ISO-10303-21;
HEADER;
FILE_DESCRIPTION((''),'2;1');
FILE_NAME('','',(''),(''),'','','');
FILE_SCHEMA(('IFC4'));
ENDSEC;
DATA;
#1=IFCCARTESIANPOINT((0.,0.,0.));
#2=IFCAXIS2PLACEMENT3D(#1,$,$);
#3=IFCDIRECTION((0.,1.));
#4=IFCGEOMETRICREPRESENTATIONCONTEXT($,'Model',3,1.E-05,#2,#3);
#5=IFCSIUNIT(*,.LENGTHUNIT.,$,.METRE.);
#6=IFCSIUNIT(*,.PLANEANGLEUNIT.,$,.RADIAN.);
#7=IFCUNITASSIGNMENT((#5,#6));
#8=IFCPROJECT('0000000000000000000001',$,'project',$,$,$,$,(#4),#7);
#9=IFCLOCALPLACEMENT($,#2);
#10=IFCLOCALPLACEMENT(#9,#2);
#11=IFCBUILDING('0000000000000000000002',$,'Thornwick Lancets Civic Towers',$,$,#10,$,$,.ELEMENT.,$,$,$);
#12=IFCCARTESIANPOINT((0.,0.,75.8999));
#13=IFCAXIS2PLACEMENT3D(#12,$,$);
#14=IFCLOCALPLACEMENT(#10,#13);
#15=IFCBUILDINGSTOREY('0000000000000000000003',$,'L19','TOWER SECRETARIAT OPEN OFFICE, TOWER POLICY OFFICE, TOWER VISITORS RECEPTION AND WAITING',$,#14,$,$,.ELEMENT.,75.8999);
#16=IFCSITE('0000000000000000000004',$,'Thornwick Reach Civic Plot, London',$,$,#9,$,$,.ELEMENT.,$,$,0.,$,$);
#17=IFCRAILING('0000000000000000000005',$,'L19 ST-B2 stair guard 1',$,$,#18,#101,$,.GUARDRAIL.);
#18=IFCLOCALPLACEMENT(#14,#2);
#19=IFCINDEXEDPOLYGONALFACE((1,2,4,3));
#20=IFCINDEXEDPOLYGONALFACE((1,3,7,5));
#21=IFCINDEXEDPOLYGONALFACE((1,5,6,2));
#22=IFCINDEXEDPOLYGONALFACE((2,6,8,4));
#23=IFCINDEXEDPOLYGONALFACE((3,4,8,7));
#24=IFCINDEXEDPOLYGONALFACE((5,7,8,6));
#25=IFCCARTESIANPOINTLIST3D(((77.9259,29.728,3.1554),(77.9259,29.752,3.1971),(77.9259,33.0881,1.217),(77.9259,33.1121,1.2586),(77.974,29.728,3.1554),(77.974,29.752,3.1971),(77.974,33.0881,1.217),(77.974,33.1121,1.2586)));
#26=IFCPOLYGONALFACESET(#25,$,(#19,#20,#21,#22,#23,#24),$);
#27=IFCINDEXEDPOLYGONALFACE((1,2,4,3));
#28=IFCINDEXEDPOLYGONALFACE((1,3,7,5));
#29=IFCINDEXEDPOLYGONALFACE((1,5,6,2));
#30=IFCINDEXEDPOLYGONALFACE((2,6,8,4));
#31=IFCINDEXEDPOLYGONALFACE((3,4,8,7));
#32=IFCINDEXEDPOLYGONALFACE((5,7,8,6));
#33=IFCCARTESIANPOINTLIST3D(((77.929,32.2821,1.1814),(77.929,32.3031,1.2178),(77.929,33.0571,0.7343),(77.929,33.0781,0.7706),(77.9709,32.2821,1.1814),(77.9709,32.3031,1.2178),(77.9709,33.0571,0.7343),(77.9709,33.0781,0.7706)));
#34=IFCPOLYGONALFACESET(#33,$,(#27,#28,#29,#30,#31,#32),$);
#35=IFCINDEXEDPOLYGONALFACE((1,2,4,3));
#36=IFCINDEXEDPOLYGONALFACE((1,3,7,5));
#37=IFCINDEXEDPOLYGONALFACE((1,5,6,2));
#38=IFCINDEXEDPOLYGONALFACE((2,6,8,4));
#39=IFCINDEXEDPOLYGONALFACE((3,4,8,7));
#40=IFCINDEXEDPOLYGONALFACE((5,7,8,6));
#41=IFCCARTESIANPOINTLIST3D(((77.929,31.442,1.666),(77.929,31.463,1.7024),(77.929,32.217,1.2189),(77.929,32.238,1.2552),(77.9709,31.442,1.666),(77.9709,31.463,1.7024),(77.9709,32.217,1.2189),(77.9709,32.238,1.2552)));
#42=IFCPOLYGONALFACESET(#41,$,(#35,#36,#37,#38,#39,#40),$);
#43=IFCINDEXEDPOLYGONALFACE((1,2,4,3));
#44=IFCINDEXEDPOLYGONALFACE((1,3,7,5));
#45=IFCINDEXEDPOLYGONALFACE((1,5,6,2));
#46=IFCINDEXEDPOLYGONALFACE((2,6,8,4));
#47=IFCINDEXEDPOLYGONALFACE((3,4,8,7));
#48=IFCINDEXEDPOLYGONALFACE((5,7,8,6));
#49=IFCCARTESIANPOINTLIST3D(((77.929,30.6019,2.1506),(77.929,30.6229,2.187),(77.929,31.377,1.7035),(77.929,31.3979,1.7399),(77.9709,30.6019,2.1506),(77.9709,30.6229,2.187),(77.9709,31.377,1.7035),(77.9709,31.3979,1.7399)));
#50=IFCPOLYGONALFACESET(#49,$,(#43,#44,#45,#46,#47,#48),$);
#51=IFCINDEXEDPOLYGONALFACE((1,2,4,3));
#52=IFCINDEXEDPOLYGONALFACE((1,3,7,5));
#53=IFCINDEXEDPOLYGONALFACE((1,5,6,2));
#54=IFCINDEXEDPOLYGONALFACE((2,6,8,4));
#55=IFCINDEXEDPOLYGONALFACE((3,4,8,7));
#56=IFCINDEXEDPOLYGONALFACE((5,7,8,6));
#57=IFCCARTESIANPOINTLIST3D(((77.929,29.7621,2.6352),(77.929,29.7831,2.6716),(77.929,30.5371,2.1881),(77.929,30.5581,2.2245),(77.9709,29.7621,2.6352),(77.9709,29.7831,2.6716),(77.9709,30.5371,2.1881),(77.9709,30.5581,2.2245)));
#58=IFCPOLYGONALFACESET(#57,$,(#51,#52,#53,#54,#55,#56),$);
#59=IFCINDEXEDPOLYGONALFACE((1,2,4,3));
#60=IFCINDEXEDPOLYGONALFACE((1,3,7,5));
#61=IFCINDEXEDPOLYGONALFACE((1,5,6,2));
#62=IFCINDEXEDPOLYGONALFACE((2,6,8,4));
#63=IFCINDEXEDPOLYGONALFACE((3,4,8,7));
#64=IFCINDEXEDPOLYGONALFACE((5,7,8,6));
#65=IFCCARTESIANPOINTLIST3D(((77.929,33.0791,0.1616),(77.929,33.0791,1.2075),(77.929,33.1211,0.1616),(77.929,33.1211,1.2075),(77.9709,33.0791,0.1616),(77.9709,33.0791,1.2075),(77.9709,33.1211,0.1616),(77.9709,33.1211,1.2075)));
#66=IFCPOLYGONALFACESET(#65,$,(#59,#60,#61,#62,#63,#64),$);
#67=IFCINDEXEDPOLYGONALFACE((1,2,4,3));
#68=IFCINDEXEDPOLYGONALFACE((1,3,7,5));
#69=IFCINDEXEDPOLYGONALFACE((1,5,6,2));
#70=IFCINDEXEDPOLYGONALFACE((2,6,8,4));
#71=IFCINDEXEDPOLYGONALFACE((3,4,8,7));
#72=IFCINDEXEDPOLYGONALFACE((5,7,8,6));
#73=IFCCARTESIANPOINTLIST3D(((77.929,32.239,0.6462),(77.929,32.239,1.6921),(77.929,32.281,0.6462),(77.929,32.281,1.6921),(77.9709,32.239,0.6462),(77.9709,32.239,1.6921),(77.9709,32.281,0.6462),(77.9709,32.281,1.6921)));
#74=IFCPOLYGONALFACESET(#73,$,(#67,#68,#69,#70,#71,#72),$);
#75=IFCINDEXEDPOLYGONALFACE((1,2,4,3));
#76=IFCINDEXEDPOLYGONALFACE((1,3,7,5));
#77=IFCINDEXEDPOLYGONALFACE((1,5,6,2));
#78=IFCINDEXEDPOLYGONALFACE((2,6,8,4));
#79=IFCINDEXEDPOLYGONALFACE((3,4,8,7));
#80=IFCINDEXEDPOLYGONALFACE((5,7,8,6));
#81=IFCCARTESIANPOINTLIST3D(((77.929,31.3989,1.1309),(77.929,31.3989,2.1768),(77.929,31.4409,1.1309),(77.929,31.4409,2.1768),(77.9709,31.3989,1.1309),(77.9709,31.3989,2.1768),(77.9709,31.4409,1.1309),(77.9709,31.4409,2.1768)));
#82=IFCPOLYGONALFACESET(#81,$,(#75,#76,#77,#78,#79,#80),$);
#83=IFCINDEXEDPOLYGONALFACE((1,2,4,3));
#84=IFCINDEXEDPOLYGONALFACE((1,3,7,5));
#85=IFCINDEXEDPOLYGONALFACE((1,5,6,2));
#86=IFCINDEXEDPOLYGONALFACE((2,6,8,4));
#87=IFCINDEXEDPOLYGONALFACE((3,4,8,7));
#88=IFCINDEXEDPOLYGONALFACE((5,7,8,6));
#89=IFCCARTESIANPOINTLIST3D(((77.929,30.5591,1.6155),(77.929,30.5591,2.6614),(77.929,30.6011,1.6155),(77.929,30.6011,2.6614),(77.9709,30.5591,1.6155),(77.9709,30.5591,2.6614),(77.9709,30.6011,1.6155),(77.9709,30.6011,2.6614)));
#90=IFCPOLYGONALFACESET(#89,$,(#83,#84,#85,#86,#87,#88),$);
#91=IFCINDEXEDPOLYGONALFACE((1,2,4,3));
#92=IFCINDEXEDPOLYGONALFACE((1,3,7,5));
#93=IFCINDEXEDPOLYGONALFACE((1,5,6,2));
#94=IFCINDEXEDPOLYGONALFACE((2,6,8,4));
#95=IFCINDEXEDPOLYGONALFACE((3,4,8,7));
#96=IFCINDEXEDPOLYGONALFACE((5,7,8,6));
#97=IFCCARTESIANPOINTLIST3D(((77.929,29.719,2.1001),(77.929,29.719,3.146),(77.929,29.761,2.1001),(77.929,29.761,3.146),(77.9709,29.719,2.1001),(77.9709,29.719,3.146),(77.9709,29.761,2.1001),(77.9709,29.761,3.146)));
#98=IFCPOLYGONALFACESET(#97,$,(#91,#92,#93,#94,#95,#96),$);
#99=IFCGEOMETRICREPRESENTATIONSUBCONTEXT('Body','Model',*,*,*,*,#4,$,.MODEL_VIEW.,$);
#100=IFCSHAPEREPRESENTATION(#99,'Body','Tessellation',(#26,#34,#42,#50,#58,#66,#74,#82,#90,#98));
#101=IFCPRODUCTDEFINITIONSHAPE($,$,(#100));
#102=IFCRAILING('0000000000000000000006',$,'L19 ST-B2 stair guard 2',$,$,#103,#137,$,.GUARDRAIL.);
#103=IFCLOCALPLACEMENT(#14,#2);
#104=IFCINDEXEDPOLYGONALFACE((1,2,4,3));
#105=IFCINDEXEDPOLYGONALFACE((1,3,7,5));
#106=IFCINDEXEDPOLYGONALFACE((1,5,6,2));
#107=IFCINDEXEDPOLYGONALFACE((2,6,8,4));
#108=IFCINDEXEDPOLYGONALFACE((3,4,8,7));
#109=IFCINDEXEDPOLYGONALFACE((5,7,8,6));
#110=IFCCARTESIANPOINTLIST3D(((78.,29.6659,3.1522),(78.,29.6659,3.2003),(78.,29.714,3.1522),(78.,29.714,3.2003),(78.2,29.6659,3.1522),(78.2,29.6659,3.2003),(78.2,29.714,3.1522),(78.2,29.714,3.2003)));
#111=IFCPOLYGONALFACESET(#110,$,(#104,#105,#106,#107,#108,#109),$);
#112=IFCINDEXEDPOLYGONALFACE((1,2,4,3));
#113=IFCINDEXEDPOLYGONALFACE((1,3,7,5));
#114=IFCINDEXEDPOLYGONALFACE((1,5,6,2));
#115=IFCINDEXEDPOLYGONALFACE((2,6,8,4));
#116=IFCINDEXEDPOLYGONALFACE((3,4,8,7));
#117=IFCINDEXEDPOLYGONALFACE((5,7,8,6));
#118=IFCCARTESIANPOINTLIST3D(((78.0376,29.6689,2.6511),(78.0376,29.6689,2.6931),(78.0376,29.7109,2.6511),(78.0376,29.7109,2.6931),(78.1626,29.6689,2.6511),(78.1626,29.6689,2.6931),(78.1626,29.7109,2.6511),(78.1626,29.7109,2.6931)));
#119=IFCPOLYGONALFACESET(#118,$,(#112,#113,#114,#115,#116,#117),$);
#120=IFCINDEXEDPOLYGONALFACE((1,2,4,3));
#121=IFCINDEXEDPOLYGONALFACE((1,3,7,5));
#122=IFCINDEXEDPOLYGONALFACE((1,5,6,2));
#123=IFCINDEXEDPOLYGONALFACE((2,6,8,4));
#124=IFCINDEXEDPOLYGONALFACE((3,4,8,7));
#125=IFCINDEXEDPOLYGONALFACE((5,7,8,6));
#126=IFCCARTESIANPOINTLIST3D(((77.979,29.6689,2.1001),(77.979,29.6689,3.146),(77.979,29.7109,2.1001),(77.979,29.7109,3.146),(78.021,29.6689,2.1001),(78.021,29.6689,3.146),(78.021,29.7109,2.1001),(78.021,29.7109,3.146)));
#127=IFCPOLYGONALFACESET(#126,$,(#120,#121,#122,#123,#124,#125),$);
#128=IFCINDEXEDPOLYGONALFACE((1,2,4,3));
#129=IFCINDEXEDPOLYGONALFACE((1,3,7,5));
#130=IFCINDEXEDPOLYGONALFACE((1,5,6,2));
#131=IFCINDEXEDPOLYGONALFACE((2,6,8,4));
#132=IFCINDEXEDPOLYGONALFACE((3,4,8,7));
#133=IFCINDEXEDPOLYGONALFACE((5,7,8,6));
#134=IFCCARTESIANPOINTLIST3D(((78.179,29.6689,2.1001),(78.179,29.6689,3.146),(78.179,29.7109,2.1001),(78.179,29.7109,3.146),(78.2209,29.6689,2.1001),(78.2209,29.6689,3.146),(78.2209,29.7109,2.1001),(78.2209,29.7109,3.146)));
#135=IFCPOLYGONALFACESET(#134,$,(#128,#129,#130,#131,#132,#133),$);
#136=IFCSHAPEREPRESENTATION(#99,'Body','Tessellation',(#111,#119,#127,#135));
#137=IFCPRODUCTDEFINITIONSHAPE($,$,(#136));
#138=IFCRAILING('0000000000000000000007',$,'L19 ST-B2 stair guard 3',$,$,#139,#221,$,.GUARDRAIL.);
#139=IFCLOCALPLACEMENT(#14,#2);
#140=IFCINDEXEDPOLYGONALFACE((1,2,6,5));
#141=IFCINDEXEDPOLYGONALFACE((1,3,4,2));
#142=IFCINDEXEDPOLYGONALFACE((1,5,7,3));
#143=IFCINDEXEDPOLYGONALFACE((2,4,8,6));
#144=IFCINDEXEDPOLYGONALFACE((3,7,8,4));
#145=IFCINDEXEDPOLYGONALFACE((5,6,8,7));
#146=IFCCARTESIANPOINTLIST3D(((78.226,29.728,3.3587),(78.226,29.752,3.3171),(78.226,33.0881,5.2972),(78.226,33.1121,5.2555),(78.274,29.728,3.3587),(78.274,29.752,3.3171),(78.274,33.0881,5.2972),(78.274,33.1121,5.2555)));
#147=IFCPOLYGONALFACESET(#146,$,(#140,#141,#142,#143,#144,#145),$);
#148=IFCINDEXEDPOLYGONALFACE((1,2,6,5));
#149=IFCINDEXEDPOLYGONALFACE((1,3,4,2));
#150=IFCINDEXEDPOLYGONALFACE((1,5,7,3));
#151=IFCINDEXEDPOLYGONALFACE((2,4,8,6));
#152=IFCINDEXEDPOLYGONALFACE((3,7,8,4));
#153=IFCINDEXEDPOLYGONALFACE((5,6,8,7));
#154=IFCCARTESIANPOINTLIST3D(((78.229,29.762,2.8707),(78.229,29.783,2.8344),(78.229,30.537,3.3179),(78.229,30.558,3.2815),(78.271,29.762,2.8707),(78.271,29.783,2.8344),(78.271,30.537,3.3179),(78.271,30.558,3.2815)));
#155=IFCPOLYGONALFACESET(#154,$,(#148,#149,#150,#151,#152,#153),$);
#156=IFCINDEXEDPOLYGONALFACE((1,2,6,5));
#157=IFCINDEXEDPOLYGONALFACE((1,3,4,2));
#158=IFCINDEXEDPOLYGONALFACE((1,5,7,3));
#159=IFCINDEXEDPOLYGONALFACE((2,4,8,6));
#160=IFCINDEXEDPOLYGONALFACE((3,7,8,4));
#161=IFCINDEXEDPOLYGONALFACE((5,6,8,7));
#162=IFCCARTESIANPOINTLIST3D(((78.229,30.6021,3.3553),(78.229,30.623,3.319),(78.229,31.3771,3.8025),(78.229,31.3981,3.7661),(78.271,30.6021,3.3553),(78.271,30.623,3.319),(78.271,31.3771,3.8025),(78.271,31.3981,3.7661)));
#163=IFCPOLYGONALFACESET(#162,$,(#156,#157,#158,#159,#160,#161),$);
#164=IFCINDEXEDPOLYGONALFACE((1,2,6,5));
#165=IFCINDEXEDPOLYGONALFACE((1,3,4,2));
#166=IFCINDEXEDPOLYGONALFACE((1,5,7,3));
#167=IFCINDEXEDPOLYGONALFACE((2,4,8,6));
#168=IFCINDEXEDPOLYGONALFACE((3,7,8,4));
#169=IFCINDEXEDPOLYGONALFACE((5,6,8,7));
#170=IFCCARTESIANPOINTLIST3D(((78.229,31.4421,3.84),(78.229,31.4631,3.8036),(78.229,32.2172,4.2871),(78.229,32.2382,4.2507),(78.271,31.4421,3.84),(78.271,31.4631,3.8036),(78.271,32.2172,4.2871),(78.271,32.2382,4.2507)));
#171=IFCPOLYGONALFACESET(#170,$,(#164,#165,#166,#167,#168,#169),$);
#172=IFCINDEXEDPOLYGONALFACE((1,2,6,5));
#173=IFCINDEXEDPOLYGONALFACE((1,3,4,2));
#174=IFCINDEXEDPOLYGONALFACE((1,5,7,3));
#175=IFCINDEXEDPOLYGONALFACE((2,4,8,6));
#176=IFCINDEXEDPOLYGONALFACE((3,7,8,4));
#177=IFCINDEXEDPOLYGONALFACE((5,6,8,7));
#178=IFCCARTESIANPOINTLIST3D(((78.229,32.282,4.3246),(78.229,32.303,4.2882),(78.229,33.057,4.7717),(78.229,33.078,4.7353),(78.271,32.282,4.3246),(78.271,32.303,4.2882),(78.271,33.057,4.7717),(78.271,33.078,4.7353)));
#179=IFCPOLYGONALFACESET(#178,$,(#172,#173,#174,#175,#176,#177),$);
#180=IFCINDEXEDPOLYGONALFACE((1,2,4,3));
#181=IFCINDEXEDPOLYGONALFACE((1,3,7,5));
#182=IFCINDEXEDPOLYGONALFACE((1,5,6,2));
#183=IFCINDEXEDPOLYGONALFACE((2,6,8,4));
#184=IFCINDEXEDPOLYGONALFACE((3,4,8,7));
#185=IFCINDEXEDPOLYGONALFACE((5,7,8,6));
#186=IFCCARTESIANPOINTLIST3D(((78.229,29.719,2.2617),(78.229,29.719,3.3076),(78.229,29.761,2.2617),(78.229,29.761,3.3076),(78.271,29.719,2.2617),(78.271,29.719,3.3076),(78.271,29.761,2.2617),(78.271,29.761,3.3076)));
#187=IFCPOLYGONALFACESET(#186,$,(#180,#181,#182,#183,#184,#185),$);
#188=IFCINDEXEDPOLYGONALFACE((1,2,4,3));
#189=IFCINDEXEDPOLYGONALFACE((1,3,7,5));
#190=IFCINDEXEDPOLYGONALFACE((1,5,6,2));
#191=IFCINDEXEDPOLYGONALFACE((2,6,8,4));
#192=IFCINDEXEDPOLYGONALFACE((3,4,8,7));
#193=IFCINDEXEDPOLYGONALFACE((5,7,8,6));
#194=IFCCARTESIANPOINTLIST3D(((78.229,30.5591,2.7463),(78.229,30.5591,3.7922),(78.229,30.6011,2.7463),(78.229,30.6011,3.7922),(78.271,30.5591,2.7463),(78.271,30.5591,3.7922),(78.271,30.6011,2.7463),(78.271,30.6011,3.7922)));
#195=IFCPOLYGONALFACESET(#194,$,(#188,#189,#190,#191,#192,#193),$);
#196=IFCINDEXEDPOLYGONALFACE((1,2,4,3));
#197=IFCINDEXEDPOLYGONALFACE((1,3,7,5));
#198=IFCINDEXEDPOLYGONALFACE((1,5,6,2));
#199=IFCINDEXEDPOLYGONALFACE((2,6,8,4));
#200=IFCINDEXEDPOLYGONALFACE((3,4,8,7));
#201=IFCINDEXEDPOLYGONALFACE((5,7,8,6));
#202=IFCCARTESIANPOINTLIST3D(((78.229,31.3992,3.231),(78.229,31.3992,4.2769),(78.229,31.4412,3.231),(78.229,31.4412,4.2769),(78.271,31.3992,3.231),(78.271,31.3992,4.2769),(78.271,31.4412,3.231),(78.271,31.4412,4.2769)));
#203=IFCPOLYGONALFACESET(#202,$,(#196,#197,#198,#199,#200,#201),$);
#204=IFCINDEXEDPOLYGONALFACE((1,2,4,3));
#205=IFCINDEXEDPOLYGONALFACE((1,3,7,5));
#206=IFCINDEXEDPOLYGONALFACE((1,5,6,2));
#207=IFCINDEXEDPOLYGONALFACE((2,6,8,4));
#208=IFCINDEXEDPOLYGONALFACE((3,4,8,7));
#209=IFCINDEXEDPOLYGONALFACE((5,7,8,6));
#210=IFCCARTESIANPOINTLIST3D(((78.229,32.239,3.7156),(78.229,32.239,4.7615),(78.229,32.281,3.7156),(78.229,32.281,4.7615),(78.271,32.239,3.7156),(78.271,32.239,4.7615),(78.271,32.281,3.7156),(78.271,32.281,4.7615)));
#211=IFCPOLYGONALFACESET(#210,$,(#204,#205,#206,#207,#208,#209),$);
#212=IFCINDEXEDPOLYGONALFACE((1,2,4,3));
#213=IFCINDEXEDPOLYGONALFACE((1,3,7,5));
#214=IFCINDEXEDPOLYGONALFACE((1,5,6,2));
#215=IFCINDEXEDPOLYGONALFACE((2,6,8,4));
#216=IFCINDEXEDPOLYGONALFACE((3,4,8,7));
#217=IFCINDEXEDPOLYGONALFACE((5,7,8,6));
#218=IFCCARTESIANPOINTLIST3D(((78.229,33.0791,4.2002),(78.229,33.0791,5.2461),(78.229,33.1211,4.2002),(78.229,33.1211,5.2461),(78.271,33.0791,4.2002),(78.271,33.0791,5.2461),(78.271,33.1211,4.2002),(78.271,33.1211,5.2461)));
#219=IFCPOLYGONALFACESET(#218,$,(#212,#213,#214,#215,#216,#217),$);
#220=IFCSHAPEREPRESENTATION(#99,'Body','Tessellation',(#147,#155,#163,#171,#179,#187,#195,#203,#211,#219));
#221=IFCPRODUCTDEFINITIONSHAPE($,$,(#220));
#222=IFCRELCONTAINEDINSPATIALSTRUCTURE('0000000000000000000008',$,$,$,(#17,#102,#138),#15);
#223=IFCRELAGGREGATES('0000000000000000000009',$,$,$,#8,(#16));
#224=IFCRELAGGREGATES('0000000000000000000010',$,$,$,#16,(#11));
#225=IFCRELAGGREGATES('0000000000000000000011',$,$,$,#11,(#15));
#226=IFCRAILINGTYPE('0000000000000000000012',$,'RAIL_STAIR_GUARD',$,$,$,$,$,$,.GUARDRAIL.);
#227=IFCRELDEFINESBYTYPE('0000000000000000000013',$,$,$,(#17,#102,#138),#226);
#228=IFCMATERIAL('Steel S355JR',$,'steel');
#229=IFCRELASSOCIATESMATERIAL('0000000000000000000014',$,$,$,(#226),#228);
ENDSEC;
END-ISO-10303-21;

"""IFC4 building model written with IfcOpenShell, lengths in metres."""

from ifc_helpers import new_model, si_unit, direction, frame, origin, origin_2d, place, context, subcontext, project, spatial, rectangle, extrude, material, type_object, element, save


model = new_model("IFC4")

# Units and contexts
model_context = context("Model", 3, precision=1e-05, world=origin(), true_north=direction((0.0, 1.0)))
body_context = subcontext(model_context, "Body", "Model", "MODEL_VIEW")
ifc_project = project(units=[si_unit("LENGTHUNIT", "METRE"), si_unit("PLANEANGLEUNIT", "RADIAN")], contexts=[model_context])

# Site, building, storey
site_placement = place(None, origin())
site = spatial("IfcSite", under=ifc_project, at=site_placement, Name="Thornwick Reach Civic Plot, London", CompositionType="ELEMENT", RefElevation=0.0)
building_placement = place(site_placement, origin())
building = spatial("IfcBuilding", under=site, at=building_placement, Name="Thornwick Lancets Civic Towers", CompositionType="ELEMENT")
storey_placement = place(building_placement, frame((0.0, 0.0, 75.8999)))
storey = spatial("IfcBuildingStorey", under=building, at=storey_placement, Name="L19", Description="TOWER SECRETARIAT OPEN OFFICE, TOWER POLICY OFFICE, TOWER VISITORS RECEPTION AND WAITING", CompositionType="ELEMENT", Elevation=75.8999)

# Railings
ifc_material_1 = material(Name="Steel S355JR", Category="steel")
railing_type_1 = type_object("IfcRailingType", Name="RAIL_STAIR_GUARD", PredefinedType="GUARDRAIL", material=ifc_material_1)
railing_1_placement = place(storey_placement, frame((77.95, 33.1001, 0.1616)))
element("IfcRailing", 1, at=railing_1_placement, inside=storey, type_object=railing_type_1, Name="L19 ST-B2 stair guard 1", PredefinedType="GUARDRAIL", context=body_context, shape_type="SweptSolid", body=[
    extrude(rectangle(XDim=0.0481, YDim=0.0481, at=origin_2d()), frame((0.0, 0.0, 1.0762), z_axis=(0.0, -0.866191, 0.499713), x_axis=(1.0, 0.0, 0.0)), (0.0, 0.0, 1.0), 3.8792),
    extrude(rectangle(XDim=0.042, YDim=0.042, at=origin_2d()), frame((0.0, -0.0325, 0.5908), z_axis=(0.0, -0.866191, 0.499713), x_axis=(1.0, 0.0, 0.0)), (0.0, 0.0, 1.0), 0.8948),
    extrude(rectangle(XDim=0.042, YDim=0.042, at=origin_2d()), frame((0.0, -0.8726, 1.0754), z_axis=(0.0, -0.866191, 0.499713), x_axis=(1.0, 0.0, 0.0)), (0.0, 0.0, 1.0), 0.8948),
    extrude(rectangle(XDim=0.042, YDim=0.042, at=origin_2d()), frame((0.0, -1.7126, 1.5601), z_axis=(0.0, -0.866191, 0.499713), x_axis=(1.0, 0.0, 0.0)), (0.0, 0.0, 1.0), 0.8948),
    extrude(rectangle(XDim=0.042, YDim=0.042, at=origin_2d()), frame((0.0, -2.5525, 2.0447), z_axis=(0.0, -0.866191, 0.499713), x_axis=(1.0, 0.0, 0.0)), (0.0, 0.0, 1.0), 0.8948),
    extrude(rectangle(XDim=0.042, YDim=0.042, at=origin_2d()), origin(), (0.0, 0.0, 1.0), 1.0459),
    extrude(rectangle(XDim=0.042, YDim=0.042, at=origin_2d()), frame((0.0, -0.8401, 0.4846)), (0.0, 0.0, 1.0), 1.0459),
    extrude(rectangle(XDim=0.042, YDim=0.042, at=origin_2d()), frame((0.0, -1.6802, 0.9692)), (0.0, 0.0, 1.0), 1.0459),
    extrude(rectangle(XDim=0.042, YDim=0.042, at=origin_2d()), frame((0.0, -2.52, 1.4539)), (0.0, 0.0, 1.0), 1.0459),
    extrude(rectangle(XDim=0.042, YDim=0.042, at=origin_2d()), frame((0.0, -3.3601, 1.9385)), (0.0, 0.0, 1.0), 1.0459),
])
railing_2_placement = place(storey_placement, frame((78.0, 29.6899, 2.1001)))
element("IfcRailing", 2, at=railing_2_placement, inside=storey, type_object=railing_type_1, Name="L19 ST-B2 stair guard 2", PredefinedType="GUARDRAIL", context=body_context, shape_type="SweptSolid", body=[
    extrude(rectangle(XDim=0.0481, YDim=0.0481, at=origin_2d()), frame((0.0, 0.0, 1.0762), z_axis=(1.0, 0.0, 0.0), x_axis=(0.0, 1.0, 0.0)), (0.0, 0.0, 1.0), 0.2),
    extrude(rectangle(XDim=0.042, YDim=0.042, at=origin_2d()), frame((0.0376, 0.0, 0.572), z_axis=(1.0, 0.0, 0.0), x_axis=(0.0, 1.0, 0.0)), (0.0, 0.0, 1.0), 0.125),
    extrude(rectangle(XDim=0.042, YDim=0.042, at=origin_2d()), origin(), (0.0, 0.0, 1.0), 1.0459),
    extrude(rectangle(XDim=0.042, YDim=0.042, at=origin_2d()), frame((0.2, 0.0, 0.0)), (0.0, 0.0, 1.0), 1.0459),
])
railing_3_placement = place(storey_placement, frame((78.25, 29.74, 2.2617)))
element("IfcRailing", 3, at=railing_3_placement, inside=storey, type_object=railing_type_1, Name="L19 ST-B2 stair guard 3", PredefinedType="GUARDRAIL", context=body_context, shape_type="SweptSolid", body=[
    extrude(rectangle(XDim=0.0481, YDim=0.0481, at=origin_2d()), frame((0.0, 0.0, 1.0762), z_axis=(0.0, 0.866191, 0.499713), x_axis=(-1.0, 0.0, 0.0)), (0.0, 0.0, 1.0), 3.8792),
    extrude(rectangle(XDim=0.042, YDim=0.042, at=origin_2d()), frame((0.0, 0.0325, 0.5908), z_axis=(0.0, 0.866191, 0.499713), x_axis=(-1.0, 0.0, 0.0)), (0.0, 0.0, 1.0), 0.8948),
    extrude(rectangle(XDim=0.042, YDim=0.042, at=origin_2d()), frame((0.0, 0.8726, 1.0754), z_axis=(0.0, 0.866191, 0.499713), x_axis=(-1.0, 0.0, 0.0)), (0.0, 0.0, 1.0), 0.8948),
    extrude(rectangle(XDim=0.042, YDim=0.042, at=origin_2d()), frame((0.0, 1.7126, 1.5601), z_axis=(0.0, 0.866191, 0.499713), x_axis=(-1.0, 0.0, 0.0)), (0.0, 0.0, 1.0), 0.8948),
    extrude(rectangle(XDim=0.042, YDim=0.042, at=origin_2d()), frame((0.0, 2.5525, 2.0447), z_axis=(0.0, 0.866191, 0.499713), x_axis=(-1.0, 0.0, 0.0)), (0.0, 0.0, 1.0), 0.8948),
    extrude(rectangle(XDim=0.042, YDim=0.042, at=origin_2d()), origin(), (0.0, 0.0, 1.0), 1.0459),
    extrude(rectangle(XDim=0.042, YDim=0.042, at=origin_2d()), frame((0.0, 0.8401, 0.4846)), (0.0, 0.0, 1.0), 1.0459),
    extrude(rectangle(XDim=0.042, YDim=0.042, at=origin_2d()), frame((0.0, 1.6802, 0.9692)), (0.0, 0.0, 1.0), 1.0459),
    extrude(rectangle(XDim=0.042, YDim=0.042, at=origin_2d()), frame((0.0, 2.52, 1.4539)), (0.0, 0.0, 1.0), 1.0459),
    extrude(rectangle(XDim=0.042, YDim=0.042, at=origin_2d()), frame((0.0, 3.3601, 1.9385)), (0.0, 0.0, 1.0), 1.0459),
])

save(model, "model.ifc")
